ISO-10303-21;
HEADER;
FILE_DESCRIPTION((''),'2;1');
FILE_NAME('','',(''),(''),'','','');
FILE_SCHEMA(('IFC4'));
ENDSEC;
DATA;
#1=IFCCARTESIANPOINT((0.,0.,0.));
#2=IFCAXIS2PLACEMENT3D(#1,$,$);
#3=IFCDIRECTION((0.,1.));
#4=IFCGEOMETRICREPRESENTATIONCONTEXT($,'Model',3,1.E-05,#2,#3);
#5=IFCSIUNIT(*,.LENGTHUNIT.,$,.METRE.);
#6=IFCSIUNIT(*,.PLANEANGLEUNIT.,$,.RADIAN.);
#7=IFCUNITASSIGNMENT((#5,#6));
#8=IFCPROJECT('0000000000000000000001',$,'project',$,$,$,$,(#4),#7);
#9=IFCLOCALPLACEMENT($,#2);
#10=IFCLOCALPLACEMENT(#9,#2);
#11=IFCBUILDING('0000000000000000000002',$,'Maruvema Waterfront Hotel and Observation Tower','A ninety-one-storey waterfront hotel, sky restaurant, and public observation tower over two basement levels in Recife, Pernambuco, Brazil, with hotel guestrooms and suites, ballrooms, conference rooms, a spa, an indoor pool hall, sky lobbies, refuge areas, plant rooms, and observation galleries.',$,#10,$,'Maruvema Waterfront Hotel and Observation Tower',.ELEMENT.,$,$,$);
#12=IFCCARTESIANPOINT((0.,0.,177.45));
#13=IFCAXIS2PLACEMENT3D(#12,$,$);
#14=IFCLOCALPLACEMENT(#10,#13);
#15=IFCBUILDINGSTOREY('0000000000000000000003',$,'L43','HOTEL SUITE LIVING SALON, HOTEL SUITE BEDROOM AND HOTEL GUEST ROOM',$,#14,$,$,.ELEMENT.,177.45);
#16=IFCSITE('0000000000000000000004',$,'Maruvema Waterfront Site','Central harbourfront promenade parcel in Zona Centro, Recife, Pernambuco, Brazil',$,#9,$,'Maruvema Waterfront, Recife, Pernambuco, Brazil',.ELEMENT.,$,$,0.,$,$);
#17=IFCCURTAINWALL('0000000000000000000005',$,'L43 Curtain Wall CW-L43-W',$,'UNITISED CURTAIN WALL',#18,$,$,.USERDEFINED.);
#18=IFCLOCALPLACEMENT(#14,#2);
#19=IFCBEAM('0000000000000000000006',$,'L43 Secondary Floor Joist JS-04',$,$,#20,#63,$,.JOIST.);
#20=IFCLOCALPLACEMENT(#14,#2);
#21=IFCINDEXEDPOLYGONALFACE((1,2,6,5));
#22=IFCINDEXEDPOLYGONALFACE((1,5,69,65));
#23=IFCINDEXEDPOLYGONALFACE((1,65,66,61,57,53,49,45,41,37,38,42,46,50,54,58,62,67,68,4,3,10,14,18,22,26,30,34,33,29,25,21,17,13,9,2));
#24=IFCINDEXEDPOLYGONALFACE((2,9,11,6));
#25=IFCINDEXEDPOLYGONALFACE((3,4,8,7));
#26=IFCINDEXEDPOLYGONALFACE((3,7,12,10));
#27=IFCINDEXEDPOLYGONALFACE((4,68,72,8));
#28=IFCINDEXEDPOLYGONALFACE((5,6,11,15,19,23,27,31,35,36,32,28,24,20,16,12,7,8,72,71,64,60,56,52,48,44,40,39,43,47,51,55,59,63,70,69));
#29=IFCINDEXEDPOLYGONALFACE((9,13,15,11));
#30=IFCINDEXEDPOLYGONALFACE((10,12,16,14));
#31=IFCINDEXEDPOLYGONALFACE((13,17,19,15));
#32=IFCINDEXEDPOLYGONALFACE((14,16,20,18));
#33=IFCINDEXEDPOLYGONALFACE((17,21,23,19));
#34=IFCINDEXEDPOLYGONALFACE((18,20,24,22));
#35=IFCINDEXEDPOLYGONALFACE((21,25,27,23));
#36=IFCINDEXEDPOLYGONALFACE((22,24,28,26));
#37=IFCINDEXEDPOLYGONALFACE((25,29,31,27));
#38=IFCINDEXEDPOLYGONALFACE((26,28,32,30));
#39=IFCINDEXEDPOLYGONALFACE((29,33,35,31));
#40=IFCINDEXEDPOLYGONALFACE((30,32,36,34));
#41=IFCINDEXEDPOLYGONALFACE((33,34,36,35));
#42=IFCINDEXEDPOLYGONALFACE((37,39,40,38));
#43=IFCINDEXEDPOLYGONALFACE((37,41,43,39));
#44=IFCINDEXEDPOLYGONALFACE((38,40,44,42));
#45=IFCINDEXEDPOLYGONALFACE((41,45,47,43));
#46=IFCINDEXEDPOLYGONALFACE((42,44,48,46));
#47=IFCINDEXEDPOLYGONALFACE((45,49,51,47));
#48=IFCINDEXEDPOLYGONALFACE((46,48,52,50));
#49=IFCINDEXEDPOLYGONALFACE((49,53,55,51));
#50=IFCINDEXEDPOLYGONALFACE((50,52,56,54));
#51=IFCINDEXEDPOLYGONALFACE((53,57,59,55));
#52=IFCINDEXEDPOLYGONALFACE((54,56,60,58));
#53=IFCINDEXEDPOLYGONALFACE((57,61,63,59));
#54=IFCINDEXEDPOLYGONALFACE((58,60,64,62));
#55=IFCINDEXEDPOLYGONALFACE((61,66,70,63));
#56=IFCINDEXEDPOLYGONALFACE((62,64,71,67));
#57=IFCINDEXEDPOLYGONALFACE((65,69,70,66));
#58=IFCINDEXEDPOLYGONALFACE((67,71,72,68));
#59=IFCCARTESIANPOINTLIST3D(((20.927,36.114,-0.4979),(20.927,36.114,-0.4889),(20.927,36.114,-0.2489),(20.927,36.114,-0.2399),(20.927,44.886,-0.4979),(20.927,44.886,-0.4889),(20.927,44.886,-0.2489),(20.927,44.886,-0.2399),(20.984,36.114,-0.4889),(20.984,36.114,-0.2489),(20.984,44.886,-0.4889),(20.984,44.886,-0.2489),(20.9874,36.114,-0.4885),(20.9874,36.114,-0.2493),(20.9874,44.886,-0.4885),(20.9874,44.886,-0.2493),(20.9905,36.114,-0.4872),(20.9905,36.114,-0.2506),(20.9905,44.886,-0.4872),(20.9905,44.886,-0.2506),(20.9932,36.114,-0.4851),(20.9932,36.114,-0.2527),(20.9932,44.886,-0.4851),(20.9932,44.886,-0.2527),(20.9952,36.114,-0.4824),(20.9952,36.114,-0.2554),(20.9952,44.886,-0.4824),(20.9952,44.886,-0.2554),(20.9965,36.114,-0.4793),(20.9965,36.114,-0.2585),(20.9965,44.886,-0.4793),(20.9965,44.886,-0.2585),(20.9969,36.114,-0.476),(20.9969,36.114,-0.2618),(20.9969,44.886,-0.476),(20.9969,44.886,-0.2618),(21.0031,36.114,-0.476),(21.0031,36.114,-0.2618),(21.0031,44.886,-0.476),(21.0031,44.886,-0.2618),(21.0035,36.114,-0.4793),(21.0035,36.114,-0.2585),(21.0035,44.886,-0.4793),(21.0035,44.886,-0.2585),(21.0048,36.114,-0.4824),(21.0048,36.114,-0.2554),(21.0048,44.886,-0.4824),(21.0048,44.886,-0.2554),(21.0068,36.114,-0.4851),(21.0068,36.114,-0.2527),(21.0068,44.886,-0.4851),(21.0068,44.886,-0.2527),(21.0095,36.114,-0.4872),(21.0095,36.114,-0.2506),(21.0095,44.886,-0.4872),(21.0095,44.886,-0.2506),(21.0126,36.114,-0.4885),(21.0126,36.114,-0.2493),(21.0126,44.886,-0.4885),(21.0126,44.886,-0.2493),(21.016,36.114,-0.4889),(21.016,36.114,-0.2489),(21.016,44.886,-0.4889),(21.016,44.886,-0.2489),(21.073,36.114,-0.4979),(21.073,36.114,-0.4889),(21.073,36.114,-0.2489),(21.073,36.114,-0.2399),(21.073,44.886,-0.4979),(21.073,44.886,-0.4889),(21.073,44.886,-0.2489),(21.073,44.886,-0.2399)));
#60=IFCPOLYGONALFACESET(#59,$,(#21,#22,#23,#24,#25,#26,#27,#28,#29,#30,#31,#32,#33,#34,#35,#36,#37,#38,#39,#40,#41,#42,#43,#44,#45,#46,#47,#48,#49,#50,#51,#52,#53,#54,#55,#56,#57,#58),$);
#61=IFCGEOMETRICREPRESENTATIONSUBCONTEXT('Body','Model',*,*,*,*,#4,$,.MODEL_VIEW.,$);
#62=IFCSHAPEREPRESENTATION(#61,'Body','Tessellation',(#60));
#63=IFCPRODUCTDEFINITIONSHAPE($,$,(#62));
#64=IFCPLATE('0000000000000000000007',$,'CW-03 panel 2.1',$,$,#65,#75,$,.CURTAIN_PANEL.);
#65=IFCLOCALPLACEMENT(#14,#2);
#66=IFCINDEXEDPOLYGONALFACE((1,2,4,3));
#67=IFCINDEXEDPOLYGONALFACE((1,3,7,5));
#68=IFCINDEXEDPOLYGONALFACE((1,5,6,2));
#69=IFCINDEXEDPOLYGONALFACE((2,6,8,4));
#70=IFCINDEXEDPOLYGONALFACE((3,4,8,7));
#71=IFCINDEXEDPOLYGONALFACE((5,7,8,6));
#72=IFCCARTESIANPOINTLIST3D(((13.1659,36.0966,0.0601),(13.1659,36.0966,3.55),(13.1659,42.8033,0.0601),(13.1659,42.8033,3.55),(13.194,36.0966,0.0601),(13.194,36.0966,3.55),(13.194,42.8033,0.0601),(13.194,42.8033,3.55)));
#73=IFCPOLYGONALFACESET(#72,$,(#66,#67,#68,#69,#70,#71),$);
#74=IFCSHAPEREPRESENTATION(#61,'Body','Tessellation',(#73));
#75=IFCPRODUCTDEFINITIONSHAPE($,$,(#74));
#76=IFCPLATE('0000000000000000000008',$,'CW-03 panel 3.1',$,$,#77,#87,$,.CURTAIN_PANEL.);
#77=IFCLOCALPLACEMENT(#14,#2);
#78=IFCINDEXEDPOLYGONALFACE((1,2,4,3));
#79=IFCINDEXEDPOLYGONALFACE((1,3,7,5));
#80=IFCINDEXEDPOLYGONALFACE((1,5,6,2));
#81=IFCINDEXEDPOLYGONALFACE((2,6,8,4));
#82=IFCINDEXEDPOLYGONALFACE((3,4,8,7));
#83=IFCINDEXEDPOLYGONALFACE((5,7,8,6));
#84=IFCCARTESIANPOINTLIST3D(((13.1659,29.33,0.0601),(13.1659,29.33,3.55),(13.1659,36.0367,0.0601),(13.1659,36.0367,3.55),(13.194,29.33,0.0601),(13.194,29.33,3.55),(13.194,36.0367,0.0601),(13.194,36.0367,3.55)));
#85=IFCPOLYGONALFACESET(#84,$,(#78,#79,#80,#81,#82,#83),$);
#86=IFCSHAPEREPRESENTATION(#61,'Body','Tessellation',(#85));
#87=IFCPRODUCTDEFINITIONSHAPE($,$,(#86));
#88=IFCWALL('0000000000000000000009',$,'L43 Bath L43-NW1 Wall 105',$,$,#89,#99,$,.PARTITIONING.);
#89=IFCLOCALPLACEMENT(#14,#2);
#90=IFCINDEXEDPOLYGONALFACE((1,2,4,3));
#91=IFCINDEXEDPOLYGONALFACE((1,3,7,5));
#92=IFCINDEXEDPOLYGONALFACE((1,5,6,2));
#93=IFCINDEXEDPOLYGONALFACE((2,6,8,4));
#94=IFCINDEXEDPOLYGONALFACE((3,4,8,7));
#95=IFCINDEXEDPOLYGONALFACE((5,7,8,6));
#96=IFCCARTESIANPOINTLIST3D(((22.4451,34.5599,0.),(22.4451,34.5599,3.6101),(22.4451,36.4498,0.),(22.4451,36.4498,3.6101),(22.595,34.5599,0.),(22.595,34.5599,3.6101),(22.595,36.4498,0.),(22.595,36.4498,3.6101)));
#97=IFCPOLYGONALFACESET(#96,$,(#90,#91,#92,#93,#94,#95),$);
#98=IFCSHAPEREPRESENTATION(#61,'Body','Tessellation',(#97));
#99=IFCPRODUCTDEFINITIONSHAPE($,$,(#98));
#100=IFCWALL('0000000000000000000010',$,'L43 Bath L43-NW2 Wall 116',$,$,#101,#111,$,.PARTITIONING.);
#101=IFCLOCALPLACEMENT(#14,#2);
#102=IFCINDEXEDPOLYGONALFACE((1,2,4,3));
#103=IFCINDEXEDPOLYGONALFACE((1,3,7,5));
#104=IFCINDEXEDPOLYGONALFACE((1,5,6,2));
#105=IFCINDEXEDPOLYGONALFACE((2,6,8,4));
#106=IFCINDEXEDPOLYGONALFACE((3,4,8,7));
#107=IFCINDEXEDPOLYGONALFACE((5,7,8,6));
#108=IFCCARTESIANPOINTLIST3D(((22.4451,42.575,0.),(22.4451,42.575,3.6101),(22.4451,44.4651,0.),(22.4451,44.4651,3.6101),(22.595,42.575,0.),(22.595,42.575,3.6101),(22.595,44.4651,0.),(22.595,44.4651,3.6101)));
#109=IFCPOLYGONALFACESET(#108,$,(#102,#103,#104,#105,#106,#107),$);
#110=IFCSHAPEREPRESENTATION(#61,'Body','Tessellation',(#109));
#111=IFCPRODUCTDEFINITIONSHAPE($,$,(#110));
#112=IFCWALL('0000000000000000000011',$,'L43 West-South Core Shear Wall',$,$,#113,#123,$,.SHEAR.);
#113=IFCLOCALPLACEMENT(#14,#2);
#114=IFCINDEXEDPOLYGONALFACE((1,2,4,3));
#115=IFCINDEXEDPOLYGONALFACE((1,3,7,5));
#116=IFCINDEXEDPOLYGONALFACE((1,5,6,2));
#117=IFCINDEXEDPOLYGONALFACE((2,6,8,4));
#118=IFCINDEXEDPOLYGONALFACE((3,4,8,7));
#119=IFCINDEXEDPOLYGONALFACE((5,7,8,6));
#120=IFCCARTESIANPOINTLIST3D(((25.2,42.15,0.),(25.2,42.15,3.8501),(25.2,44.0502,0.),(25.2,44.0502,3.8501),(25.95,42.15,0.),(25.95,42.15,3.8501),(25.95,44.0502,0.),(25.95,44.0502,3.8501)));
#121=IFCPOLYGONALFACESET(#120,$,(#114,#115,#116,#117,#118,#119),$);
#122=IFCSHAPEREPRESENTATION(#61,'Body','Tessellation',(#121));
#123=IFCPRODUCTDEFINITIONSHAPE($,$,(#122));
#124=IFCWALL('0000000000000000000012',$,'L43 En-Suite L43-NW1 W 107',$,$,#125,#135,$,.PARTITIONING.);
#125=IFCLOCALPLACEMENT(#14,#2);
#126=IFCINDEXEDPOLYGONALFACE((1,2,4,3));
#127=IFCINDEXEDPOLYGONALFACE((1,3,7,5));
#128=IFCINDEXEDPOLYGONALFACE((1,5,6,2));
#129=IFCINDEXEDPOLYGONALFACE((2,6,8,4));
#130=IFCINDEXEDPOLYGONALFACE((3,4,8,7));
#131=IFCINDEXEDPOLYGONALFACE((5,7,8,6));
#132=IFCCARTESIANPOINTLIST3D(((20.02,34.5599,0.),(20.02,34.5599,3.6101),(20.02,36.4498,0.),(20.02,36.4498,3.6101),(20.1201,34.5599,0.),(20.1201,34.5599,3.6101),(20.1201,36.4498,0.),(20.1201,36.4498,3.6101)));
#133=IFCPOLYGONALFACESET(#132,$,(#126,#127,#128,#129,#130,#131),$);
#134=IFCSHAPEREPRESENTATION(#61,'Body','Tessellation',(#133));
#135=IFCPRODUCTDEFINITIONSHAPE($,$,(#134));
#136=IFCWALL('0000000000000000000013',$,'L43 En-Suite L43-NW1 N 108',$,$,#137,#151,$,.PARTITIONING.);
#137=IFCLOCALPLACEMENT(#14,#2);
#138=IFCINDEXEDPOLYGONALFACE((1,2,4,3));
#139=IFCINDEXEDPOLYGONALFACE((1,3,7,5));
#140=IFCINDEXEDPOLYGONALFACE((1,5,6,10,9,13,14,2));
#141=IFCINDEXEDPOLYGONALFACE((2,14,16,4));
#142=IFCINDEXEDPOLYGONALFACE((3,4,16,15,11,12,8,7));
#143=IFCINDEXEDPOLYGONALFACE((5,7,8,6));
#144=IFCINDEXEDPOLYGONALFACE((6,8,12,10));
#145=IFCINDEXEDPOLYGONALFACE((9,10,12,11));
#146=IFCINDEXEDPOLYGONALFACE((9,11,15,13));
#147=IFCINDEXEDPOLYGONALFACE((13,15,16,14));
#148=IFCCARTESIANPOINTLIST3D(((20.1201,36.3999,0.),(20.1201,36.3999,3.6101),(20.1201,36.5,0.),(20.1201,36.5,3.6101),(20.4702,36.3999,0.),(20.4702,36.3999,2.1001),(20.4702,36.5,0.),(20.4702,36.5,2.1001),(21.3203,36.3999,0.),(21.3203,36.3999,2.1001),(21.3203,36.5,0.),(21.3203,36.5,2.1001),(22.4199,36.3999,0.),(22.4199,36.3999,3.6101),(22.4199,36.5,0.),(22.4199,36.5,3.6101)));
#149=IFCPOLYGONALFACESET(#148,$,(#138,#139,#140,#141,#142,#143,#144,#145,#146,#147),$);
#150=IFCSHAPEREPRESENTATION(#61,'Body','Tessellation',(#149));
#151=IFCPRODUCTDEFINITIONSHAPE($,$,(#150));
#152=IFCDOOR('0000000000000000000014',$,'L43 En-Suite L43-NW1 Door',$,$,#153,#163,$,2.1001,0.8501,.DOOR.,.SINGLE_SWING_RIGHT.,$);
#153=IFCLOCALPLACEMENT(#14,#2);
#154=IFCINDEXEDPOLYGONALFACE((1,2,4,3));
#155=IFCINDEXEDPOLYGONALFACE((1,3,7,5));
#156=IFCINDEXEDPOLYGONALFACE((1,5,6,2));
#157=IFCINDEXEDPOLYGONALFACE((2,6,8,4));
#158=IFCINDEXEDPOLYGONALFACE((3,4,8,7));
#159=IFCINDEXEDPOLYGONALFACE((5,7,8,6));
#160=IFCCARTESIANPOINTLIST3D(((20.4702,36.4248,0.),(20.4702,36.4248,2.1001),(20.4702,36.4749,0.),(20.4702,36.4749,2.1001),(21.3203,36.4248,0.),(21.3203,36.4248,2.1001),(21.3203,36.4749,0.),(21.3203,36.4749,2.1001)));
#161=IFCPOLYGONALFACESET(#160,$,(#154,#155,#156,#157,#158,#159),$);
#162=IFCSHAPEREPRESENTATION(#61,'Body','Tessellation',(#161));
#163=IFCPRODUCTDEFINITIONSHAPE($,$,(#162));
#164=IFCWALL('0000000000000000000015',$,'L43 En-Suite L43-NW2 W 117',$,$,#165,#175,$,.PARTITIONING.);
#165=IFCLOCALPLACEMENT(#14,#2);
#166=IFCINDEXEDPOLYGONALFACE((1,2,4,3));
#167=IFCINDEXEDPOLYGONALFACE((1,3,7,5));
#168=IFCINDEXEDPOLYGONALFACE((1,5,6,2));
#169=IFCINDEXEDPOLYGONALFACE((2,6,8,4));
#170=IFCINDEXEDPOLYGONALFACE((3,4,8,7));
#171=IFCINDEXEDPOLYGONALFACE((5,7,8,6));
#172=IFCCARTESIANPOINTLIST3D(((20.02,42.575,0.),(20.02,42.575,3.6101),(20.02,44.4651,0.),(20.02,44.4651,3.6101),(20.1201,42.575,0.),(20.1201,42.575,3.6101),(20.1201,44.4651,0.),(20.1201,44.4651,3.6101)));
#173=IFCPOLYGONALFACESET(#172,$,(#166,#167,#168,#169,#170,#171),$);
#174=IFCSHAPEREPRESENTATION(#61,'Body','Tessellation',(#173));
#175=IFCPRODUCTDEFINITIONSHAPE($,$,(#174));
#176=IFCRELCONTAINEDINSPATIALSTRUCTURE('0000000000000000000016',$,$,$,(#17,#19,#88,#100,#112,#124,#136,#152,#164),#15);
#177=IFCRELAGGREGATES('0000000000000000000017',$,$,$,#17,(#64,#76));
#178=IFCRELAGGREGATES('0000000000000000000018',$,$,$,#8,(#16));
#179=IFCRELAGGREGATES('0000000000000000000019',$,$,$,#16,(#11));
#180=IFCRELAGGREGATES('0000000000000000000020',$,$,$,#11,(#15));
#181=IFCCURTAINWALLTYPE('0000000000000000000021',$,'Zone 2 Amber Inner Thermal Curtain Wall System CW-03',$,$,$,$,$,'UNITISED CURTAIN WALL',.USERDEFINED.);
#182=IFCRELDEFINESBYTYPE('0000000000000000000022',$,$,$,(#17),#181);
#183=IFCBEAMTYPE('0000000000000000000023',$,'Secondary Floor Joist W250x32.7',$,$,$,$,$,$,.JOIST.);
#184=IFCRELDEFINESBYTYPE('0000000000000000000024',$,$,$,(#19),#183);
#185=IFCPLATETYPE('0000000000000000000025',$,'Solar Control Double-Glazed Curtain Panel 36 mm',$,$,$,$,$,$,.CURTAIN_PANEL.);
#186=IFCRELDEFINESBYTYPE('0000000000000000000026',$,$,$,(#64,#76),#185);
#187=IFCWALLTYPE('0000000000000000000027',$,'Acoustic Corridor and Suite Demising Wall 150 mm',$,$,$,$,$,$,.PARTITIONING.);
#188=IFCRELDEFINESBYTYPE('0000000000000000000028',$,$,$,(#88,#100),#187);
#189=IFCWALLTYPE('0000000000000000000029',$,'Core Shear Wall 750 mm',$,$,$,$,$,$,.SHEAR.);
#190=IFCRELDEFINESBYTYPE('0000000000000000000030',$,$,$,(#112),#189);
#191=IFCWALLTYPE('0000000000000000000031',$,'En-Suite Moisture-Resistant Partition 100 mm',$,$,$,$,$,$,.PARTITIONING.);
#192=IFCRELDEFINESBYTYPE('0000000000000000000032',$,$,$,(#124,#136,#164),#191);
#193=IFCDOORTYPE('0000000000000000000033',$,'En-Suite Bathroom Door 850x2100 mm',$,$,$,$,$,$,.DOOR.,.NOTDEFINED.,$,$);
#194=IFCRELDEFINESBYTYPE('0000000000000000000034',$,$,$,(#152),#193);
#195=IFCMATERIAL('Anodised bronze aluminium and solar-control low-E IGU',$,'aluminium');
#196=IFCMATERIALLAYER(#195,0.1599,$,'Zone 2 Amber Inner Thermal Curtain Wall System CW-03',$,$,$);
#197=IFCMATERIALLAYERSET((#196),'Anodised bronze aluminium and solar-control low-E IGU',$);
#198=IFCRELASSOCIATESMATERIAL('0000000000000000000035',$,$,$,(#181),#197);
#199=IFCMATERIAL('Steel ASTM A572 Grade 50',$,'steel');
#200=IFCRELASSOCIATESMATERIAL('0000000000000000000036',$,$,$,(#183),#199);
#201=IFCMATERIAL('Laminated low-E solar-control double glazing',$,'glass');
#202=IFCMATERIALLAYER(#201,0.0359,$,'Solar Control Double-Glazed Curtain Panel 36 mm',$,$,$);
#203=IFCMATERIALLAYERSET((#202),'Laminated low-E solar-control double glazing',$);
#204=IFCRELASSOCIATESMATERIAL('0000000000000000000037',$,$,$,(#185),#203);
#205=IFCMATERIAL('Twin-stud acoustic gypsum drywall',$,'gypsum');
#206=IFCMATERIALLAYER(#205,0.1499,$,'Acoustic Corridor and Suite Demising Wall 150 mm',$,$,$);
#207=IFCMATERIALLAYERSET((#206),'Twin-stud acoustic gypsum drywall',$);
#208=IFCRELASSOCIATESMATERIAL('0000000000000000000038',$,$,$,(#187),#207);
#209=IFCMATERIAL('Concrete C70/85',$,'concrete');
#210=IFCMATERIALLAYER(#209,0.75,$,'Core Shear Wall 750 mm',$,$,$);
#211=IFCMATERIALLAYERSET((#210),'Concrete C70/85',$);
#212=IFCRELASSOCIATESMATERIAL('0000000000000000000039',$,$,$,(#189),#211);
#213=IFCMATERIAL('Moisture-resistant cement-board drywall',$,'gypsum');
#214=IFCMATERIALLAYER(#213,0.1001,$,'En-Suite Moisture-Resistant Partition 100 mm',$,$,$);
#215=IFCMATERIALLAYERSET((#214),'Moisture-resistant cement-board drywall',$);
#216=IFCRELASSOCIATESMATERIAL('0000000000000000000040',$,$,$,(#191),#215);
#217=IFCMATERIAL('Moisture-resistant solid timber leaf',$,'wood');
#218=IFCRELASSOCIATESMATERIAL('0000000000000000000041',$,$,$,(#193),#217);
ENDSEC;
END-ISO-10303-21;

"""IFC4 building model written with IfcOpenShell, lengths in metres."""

from ifc_helpers import new_model, si_unit, direction, frame, frame_2d, origin, origin_2d, place, context, subcontext, project, spatial, rectangle, i_section, extrude, material, layer, layer_set, material_profile, profile_set, type_object, element, fill, aggregate, save


model = new_model("IFC4")

# Units and contexts
model_context = context("Model", 3, precision=1e-05, world=origin(), true_north=direction((0.0, 1.0)))
body_context = subcontext(model_context, "Body", "Model", "MODEL_VIEW")
ifc_project = project(units=[si_unit("LENGTHUNIT", "METRE"), si_unit("PLANEANGLEUNIT", "RADIAN")], contexts=[model_context])

# Site, building, storey
site_placement = place(None, origin())
site = spatial("IfcSite", under=ifc_project, at=site_placement, Name="Maruvema Waterfront Site", Description="Central harbourfront promenade parcel in Zona Centro, Recife, Pernambuco, Brazil", LongName="Maruvema Waterfront, Recife, Pernambuco, Brazil", CompositionType="ELEMENT", RefElevation=0.0)
building_placement = place(site_placement, origin())
building = spatial("IfcBuilding", under=site, at=building_placement, Name="Maruvema Waterfront Hotel and Observation Tower", Description="A ninety-one-storey waterfront hotel, sky restaurant, and public observation tower over two basement levels in Recife, Pernambuco, Brazil, with hotel guestrooms and suites, ballrooms, conference rooms, a spa, an indoor pool hall, sky lobbies, refuge areas, plant rooms, and observation galleries.", LongName="Maruvema Waterfront Hotel and Observation Tower", CompositionType="ELEMENT")
storey_placement = place(building_placement, frame((0.0, 0.0, 177.45)))
storey = spatial("IfcBuildingStorey", under=building, at=storey_placement, Name="L43", Description="HOTEL SUITE LIVING SALON, HOTEL SUITE BEDROOM AND HOTEL GUEST ROOM", CompositionType="ELEMENT", Elevation=177.45)

# Curtain wall
ifc_material_1 = material(Name="Anodised bronze aluminium and solar-control low-E IGU", Category="aluminium")
ifc_layer_1 = layer(ifc_material_1, 0.1599, Name="Zone 2 Amber Inner Thermal Curtain Wall System CW-03")
ifc_layer_set_1 = layer_set([ifc_layer_1], Name="Anodised bronze aluminium and solar-control low-E IGU")
curtain_wall_type = type_object("IfcCurtainWallType", Name="Zone 2 Amber Inner Thermal Curtain Wall System CW-03", ElementType="UNITISED CURTAIN WALL", PredefinedType="USERDEFINED", material=ifc_layer_set_1)
curtain_wall_placement = place(storey_placement, origin())
curtain_wall = element("IfcCurtainWall", 1, at=curtain_wall_placement, inside=storey, type_object=curtain_wall_type, Name="L43 Curtain Wall CW-L43-W", ObjectType="UNITISED CURTAIN WALL", PredefinedType="USERDEFINED")

# Beam
ifc_material_2 = material(Name="Steel ASTM A572 Grade 50", Category="steel")
ifc_material_profile_1 = material_profile(ifc_material_2, i_section(OverallWidth=0.146, OverallDepth=0.2581, WebThickness=0.0061, FlangeThickness=0.009, FilletRadius=0.0129, at=origin_2d()), Name="W250x32.7")
ifc_profile_set_1 = profile_set([ifc_material_profile_1], Name="Steel ASTM A572 Grade 50")
beam_type_1 = type_object("IfcBeamType", Name="Secondary Floor Joist W250x32.7", PredefinedType="JOIST", material=ifc_profile_set_1)
beam_1_placement = place(storey_placement, frame((21.0, 36.114, -0.3689), z_axis=(0.0, 1.0, 0.0), x_axis=(-1.0, 0.0, 0.0)))
element("IfcBeam", 2, at=beam_1_placement, inside=storey, type_object=beam_type_1, Name="L43 Secondary Floor Joist JS-04", PredefinedType="JOIST", context=body_context, shape_type="SweptSolid", body=[
    extrude(i_section(OverallWidth=0.146, OverallDepth=0.2581, WebThickness=0.0061, FlangeThickness=0.009, FilletRadius=0.0129, at=origin_2d()), origin(), (0.0, 0.0, 1.0), 8.772),
])

# Plates
ifc_material_3 = material(Name="Laminated low-E solar-control double glazing", Category="glass")
ifc_layer_2 = layer(ifc_material_3, 0.0359, Name="Solar Control Double-Glazed Curtain Panel 36 mm")
ifc_layer_set_2 = layer_set([ifc_layer_2], Name="Laminated low-E solar-control double glazing")
plate_type = type_object("IfcPlateType", Name="Solar Control Double-Glazed Curtain Panel 36 mm", PredefinedType="CURTAIN_PANEL", material=ifc_layer_set_2)
plate_1_placement = place(storey_placement, frame((13.1799, 39.45, 0.0601), z_axis=(0.0, 0.0, 1.0), x_axis=(0.0, -1.0, 0.0)))
plate_1 = element("IfcPlate", 3, at=plate_1_placement, type_object=plate_type, Name="CW-03 panel 2.1", PredefinedType="CURTAIN_PANEL", context=body_context, shape_type="SweptSolid", body=[
    extrude(rectangle(XDim=6.7068, YDim=0.0281, at=origin_2d()), origin(), (0.0, 0.0, 1.0), 3.49),
])
plate_2_placement = place(storey_placement, frame((13.1799, 32.6833, 0.0601), z_axis=(0.0, 0.0, 1.0), x_axis=(0.0, -1.0, 0.0)))
plate_2 = element("IfcPlate", 4, at=plate_2_placement, type_object=plate_type, Name="CW-03 panel 3.1", PredefinedType="CURTAIN_PANEL", context=body_context, shape_type="SweptSolid", body=[
    extrude(rectangle(XDim=6.7068, YDim=0.0281, at=origin_2d()), origin(), (0.0, 0.0, 1.0), 3.49),
])
aggregate(curtain_wall, [plate_1, plate_2])

# Wall
ifc_material_4 = material(Name="Twin-stud acoustic gypsum drywall", Category="gypsum")
ifc_layer_3 = layer(ifc_material_4, 0.1499, Name="Acoustic Corridor and Suite Demising Wall 150 mm")
ifc_layer_set_3 = layer_set([ifc_layer_3], Name="Twin-stud acoustic gypsum drywall")
wall_type_1 = type_object("IfcWallType", Name="Acoustic Corridor and Suite Demising Wall 150 mm", PredefinedType="PARTITIONING", material=ifc_layer_set_3)
wall_1_placement = place(storey_placement, frame((22.52, 34.5601, 0.0), z_axis=(0.0, 0.0, 1.0), x_axis=(0.0, 1.0, 0.0)))
element("IfcWall", 5, at=wall_1_placement, inside=storey, type_object=wall_type_1, Name="L43 Bath L43-NW1 Wall 105", PredefinedType="PARTITIONING", context=body_context, shape_type="SweptSolid", body=[
    extrude(rectangle(XDim=1.8899, YDim=0.1499, at=frame_2d((0.9448, 0.0))), origin(), (0.0, 0.0, 1.0), 3.6101),
])

# Wall
wall_2_placement = place(storey_placement, frame((22.52, 42.575, 0.0), z_axis=(0.0, 0.0, 1.0), x_axis=(0.0, 1.0, 0.0)))
element("IfcWall", 6, at=wall_2_placement, inside=storey, type_object=wall_type_1, Name="L43 Bath L43-NW2 Wall 116", PredefinedType="PARTITIONING", context=body_context, shape_type="SweptSolid", body=[
    extrude(rectangle(XDim=1.8901, YDim=0.1499, at=frame_2d((0.9451, 0.0))), origin(), (0.0, 0.0, 1.0), 3.6101),
])

# Shared definitions
ifc_material_5 = material(Name="Concrete C70/85", Category="concrete")
ifc_layer_4 = layer(ifc_material_5, 0.75, Name="Core Shear Wall 750 mm")
ifc_layer_set_4 = layer_set([ifc_layer_4], Name="Concrete C70/85")
wall_type_2 = type_object("IfcWallType", Name="Core Shear Wall 750 mm", PredefinedType="SHEAR", material=ifc_layer_set_4)

# Walls
wall_3_placement = place(storey_placement, frame((25.575, 42.1499, 0.0), z_axis=(0.0, 0.0, 1.0), x_axis=(0.0, 1.0, 0.0)))
element("IfcWall", 7, at=wall_3_placement, inside=storey, type_object=wall_type_2, Name="L43 West-South Core Shear Wall", PredefinedType="SHEAR", context=body_context, shape_type="SweptSolid", body=[
    extrude(rectangle(XDim=1.9001, YDim=0.75, at=frame_2d((0.9502, 0.0))), origin(), (0.0, 0.0, 1.0), 3.8501),
])
ifc_material_6 = material(Name="Moisture-resistant cement-board drywall", Category="gypsum")
ifc_layer_5 = layer(ifc_material_6, 0.1001, Name="En-Suite Moisture-Resistant Partition 100 mm")
ifc_layer_set_5 = layer_set([ifc_layer_5], Name="Moisture-resistant cement-board drywall")
wall_type_3 = type_object("IfcWallType", Name="En-Suite Moisture-Resistant Partition 100 mm", PredefinedType="PARTITIONING", material=ifc_layer_set_5)
wall_4_placement = place(storey_placement, frame((20.0701, 34.5601, 0.0), z_axis=(0.0, 0.0, 1.0), x_axis=(0.0, 1.0, 0.0)))
element("IfcWall", 8, at=wall_4_placement, inside=storey, type_object=wall_type_3, Name="L43 En-Suite L43-NW1 W 107", PredefinedType="PARTITIONING", context=body_context, shape_type="SweptSolid", body=[
    extrude(rectangle(XDim=1.8899, YDim=0.1001, at=frame_2d((0.9448, 0.0))), origin(), (0.0, 0.0, 1.0), 3.6101),
])

# Wall, opening, door
wall_5_placement = place(storey_placement, frame((20.1201, 36.45, 0.0), z_axis=(0.0, 0.0, 1.0), x_axis=(1.0, 0.0, 0.0)))
wall_5 = element("IfcWall", 9, at=wall_5_placement, inside=storey, type_object=wall_type_3, Name="L43 En-Suite L43-NW1 N 108", PredefinedType="PARTITIONING", context=body_context, shape_type="SweptSolid", body=[
    extrude(rectangle(XDim=2.2998, YDim=0.1001, at=frame_2d((1.1499, 0.0))), origin(), (0.0, 0.0, 1.0), 3.6101),
])
opening_1_placement = place(wall_5_placement, frame((0.3501, 0.0, 0.0)))
opening_1 = element("IfcOpeningElement", 10, at=opening_1_placement, cuts=wall_5, PredefinedType="OPENING", context=body_context, shape_type="SweptSolid", body=[
    extrude(rectangle(XDim=0.8501, YDim=2.1001, at=frame_2d((0.425, 1.05))), frame((0.0, 0.0601, 0.0), z_axis=(0.0, -1.0, 0.0), x_axis=(1.0, 0.0, 0.0)), (0.0, 0.0, 1.0), 0.1201),
])
ifc_material_7 = material(Name="Moisture-resistant solid timber leaf", Category="wood")
door_type_1 = type_object("IfcDoorType", Name="En-Suite Bathroom Door 850x2100 mm", OperationType="NOTDEFINED", PredefinedType="DOOR", material=ifc_material_7)
door_1_placement = place(opening_1_placement, origin())
door_1 = element("IfcDoor", 11, at=door_1_placement, inside=storey, type_object=door_type_1, Name="L43 En-Suite L43-NW1 Door", OperationType="SINGLE_SWING_RIGHT", OverallHeight=2.1001, OverallWidth=0.8501, PredefinedType="DOOR", context=body_context, shape_type="SweptSolid", body=[
    extrude(rectangle(XDim=0.8501, YDim=2.1001, at=frame_2d((0.425, 1.05))), frame((0.0, 0.0249, 0.0), z_axis=(0.0, -1.0, 0.0), x_axis=(1.0, 0.0, 0.0)), (0.0, 0.0, 1.0), 0.05),
])
fill(opening_1, door_1)

# Wall
wall_6_placement = place(storey_placement, frame((20.0701, 42.575, 0.0), z_axis=(0.0, 0.0, 1.0), x_axis=(0.0, 1.0, 0.0)))
element("IfcWall", 12, at=wall_6_placement, inside=storey, type_object=wall_type_3, Name="L43 En-Suite L43-NW2 W 117", PredefinedType="PARTITIONING", context=body_context, shape_type="SweptSolid", body=[
    extrude(rectangle(XDim=1.8901, YDim=0.1001, at=frame_2d((0.9451, 0.0))), origin(), (0.0, 0.0, 1.0), 3.6101),
])

save(model, "model.ifc")
